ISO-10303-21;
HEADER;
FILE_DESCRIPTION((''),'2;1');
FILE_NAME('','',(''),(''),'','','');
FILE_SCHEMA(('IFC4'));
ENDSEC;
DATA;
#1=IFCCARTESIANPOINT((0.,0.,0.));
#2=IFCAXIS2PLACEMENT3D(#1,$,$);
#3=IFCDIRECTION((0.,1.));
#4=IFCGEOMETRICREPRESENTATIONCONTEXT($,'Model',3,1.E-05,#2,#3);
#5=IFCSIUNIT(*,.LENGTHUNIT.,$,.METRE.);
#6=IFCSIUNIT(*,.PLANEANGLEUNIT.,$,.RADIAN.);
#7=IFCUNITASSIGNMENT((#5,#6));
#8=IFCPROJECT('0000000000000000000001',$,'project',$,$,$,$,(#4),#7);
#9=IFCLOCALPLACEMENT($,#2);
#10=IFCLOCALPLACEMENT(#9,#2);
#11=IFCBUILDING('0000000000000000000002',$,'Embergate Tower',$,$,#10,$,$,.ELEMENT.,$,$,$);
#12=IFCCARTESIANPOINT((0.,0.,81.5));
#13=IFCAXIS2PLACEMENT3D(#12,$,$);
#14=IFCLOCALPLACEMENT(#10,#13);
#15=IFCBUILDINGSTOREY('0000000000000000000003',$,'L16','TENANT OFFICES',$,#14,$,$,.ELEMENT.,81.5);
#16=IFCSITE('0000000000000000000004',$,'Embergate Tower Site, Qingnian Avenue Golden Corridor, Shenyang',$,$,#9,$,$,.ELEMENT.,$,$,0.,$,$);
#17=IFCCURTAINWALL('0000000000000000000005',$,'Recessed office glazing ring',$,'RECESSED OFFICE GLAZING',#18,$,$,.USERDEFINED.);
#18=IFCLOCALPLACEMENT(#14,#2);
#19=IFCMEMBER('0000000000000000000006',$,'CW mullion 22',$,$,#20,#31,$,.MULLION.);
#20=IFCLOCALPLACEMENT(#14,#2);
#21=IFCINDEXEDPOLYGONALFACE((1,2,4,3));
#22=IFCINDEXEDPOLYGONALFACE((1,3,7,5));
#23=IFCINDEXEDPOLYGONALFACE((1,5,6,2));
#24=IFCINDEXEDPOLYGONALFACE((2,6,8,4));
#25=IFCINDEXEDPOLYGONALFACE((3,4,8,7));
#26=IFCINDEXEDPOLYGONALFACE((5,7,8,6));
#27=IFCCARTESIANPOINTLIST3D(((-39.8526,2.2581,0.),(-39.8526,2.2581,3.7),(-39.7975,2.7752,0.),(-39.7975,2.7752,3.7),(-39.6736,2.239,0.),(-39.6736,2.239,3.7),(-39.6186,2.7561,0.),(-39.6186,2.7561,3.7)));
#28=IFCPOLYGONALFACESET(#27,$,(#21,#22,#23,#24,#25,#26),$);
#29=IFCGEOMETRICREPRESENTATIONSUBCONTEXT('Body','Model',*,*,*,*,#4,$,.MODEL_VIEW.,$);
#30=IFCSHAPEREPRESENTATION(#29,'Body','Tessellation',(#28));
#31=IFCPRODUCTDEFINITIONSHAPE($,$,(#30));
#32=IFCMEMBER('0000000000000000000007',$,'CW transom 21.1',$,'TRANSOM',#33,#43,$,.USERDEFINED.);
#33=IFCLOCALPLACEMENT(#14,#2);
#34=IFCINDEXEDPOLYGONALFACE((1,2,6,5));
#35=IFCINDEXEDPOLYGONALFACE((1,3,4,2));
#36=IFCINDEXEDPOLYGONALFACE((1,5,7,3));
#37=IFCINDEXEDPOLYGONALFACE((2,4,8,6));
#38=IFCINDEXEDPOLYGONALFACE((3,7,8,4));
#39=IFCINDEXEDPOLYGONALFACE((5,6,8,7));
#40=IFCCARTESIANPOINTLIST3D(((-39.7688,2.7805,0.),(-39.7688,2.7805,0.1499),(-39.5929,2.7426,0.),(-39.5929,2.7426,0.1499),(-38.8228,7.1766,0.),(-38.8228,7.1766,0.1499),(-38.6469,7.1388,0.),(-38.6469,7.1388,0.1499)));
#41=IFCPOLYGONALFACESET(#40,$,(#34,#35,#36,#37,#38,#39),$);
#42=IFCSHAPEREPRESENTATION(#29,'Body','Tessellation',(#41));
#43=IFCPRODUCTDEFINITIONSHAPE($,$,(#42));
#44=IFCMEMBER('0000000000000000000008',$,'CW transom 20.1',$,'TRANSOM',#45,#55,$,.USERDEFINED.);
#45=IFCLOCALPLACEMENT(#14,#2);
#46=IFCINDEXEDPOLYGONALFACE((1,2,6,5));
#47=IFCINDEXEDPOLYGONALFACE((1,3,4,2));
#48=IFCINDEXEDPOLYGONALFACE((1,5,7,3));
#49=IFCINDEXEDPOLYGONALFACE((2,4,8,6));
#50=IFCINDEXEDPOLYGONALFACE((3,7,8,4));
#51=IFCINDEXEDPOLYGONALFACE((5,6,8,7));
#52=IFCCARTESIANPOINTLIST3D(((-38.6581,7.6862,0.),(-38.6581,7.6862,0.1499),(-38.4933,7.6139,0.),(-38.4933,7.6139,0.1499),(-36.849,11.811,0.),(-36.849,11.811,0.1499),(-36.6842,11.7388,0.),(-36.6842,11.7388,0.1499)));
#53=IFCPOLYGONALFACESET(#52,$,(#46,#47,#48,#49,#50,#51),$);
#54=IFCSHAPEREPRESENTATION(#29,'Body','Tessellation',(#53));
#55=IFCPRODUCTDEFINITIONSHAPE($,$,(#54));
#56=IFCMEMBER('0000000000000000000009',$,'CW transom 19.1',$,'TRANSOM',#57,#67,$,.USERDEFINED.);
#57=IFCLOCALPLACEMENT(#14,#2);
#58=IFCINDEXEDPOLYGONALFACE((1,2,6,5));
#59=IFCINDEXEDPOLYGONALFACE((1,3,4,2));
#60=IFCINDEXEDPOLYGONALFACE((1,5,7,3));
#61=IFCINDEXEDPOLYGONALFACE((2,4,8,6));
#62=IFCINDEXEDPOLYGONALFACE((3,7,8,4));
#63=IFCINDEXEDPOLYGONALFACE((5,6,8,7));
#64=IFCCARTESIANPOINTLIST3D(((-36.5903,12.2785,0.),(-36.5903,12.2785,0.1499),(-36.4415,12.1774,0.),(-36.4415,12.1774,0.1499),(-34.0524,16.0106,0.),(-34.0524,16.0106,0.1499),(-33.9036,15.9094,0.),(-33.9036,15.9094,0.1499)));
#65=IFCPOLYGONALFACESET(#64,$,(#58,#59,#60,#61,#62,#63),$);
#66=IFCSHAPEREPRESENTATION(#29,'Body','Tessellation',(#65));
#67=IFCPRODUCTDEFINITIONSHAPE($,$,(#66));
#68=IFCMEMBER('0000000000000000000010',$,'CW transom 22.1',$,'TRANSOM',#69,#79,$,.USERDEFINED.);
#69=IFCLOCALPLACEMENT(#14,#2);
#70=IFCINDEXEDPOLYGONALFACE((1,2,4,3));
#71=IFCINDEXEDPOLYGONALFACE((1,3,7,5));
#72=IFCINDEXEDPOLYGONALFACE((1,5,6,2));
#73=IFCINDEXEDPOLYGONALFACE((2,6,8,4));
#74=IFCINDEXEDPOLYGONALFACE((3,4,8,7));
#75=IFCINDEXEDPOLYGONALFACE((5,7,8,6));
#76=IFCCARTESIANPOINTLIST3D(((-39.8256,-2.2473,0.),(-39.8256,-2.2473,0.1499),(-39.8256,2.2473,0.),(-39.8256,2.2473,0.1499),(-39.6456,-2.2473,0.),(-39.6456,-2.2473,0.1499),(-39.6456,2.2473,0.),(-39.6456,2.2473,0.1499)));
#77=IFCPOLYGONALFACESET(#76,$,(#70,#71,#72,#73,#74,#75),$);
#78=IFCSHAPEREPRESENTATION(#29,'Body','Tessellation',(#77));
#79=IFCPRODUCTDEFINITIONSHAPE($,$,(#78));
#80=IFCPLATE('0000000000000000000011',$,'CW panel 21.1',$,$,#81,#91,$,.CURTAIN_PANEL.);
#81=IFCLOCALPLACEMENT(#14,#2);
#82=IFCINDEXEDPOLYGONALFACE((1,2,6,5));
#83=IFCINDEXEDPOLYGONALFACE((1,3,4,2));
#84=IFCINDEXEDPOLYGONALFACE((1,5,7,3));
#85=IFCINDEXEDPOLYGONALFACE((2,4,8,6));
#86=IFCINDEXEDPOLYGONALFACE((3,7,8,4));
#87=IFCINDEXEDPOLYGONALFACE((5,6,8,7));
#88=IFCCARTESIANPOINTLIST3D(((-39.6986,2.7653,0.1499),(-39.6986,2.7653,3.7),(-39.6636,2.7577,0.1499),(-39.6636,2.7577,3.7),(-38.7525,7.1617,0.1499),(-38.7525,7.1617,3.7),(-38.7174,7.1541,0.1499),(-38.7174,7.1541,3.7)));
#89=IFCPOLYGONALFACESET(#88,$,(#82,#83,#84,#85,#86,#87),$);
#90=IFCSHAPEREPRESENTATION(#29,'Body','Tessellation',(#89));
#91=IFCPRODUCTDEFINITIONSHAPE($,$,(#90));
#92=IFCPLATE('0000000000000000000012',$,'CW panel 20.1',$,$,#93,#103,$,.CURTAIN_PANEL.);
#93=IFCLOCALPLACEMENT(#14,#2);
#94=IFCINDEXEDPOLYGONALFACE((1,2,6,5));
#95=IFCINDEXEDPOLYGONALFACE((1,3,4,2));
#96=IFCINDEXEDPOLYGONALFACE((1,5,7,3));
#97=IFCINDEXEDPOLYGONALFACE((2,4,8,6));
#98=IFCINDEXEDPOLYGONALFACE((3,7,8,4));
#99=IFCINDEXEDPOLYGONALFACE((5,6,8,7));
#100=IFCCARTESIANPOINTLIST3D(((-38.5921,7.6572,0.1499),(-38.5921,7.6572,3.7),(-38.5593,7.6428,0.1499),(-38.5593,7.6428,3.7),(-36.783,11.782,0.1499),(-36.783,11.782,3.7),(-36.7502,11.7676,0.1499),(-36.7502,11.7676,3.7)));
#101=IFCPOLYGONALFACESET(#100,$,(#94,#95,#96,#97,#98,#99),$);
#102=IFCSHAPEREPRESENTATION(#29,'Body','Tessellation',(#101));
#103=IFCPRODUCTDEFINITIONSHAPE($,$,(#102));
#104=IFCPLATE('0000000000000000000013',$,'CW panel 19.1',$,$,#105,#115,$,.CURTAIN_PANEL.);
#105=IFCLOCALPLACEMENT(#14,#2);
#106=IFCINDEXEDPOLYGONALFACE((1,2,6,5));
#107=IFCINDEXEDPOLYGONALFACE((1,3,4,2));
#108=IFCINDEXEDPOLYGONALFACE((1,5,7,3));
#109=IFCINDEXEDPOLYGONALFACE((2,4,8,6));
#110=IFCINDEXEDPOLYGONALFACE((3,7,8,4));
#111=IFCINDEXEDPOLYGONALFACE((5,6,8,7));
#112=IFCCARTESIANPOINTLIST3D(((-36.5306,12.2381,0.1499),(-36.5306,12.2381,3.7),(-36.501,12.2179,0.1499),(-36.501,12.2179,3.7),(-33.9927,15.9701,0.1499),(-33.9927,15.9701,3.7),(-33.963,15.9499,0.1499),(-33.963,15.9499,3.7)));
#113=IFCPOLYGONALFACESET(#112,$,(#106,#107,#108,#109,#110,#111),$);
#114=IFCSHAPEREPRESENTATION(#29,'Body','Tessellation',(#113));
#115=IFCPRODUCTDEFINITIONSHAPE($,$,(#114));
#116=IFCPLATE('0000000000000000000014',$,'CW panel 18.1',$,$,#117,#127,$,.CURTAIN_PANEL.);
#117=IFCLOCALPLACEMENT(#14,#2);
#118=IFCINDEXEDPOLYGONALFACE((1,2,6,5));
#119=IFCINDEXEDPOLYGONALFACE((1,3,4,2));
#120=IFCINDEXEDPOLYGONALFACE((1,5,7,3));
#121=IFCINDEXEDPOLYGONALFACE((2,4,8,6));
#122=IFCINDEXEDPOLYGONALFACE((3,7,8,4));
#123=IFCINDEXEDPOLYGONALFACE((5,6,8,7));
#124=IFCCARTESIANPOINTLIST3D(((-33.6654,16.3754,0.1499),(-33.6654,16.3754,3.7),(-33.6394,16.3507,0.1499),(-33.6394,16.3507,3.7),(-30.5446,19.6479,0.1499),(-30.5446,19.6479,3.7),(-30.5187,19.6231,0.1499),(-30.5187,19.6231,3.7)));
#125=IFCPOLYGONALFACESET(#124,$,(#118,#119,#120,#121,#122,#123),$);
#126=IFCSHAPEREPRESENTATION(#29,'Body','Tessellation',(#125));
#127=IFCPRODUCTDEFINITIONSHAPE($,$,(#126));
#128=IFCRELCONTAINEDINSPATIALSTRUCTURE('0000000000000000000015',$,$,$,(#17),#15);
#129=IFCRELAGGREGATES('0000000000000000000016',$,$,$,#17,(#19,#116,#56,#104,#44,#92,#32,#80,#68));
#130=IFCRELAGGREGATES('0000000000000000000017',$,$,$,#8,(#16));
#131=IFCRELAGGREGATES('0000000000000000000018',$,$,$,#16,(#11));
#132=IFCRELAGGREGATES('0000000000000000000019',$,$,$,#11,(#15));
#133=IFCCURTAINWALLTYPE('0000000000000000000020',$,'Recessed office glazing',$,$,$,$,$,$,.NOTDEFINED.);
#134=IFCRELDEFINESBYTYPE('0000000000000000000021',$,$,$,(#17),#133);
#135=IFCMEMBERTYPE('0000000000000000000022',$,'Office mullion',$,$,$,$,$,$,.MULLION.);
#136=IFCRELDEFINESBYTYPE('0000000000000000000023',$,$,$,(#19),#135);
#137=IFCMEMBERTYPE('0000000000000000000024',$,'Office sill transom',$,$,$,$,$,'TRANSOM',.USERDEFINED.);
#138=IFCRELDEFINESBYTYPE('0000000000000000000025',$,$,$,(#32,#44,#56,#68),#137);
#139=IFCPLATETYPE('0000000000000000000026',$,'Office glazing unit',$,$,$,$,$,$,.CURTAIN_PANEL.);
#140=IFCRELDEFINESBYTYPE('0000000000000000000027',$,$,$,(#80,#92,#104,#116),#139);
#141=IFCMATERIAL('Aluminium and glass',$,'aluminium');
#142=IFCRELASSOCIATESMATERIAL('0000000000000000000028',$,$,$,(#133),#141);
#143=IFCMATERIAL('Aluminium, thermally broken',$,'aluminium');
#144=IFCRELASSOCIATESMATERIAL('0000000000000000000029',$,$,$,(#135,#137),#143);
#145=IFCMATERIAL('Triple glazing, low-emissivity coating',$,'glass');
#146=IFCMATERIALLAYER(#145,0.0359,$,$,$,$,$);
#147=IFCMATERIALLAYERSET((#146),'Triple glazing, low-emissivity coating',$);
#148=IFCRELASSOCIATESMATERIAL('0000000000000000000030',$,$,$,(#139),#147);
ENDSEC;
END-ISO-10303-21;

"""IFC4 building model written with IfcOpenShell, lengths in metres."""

from ifc_helpers import new_model, si_unit, direction, frame, origin, origin_2d, place, context, subcontext, project, spatial, rectangle, extrude, source, transform, mapped, material, layer, layer_set, material_profile, profile_set, type_object, element, aggregate, save


model = new_model("IFC4")

# Units and contexts
model_context = context("Model", 3, precision=1e-05, world=origin(), true_north=direction((0.0, 1.0)))
body_context = subcontext(model_context, "Body", "Model", "MODEL_VIEW")
ifc_project = project(units=[si_unit("LENGTHUNIT", "METRE"), si_unit("PLANEANGLEUNIT", "RADIAN")], contexts=[model_context])

# Site, building, storey
site_placement = place(None, origin())
site = spatial("IfcSite", under=ifc_project, at=site_placement, Name="Embergate Tower Site, Qingnian Avenue Golden Corridor, Shenyang", CompositionType="ELEMENT", RefElevation=0.0)
building_placement = place(site_placement, origin())
building = spatial("IfcBuilding", under=site, at=building_placement, Name="Embergate Tower", CompositionType="ELEMENT")
storey_placement = place(building_placement, frame((0.0, 0.0, 81.5)))
storey = spatial("IfcBuildingStorey", under=building, at=storey_placement, Name="L16", Description="TENANT OFFICES", CompositionType="ELEMENT", Elevation=81.5)

# Curtain wall, members, plates
ifc_material_1 = material(Name="Aluminium and glass", Category="aluminium")
curtain_wall_type = type_object("IfcCurtainWallType", Name="Recessed office glazing", PredefinedType="NOTDEFINED", material=ifc_material_1)
curtain_wall_placement = place(storey_placement, origin())
curtain_wall = element("IfcCurtainWall", 1, at=curtain_wall_placement, inside=storey, type_object=curtain_wall_type, Name="Recessed office glazing ring", ObjectType="RECESSED OFFICE GLAZING", PredefinedType="USERDEFINED")
ifc_material_2 = material(Name="Aluminium, thermally broken", Category="aluminium")
ifc_material_profile_1 = material_profile(ifc_material_2, rectangle(XDim=0.1799, YDim=0.52, at=origin_2d()), Name="AL 520x180")
ifc_profile_set_1 = profile_set([ifc_material_profile_1], Name="Aluminium, thermally broken")
member_type_1 = type_object("IfcMemberType", Name="Office mullion", PredefinedType="MULLION", material=ifc_profile_set_1)
shared_shape_1 = source(origin(), body_context, "Body", "SweptSolid", [
    extrude(rectangle(XDim=0.1799, YDim=0.52, at=origin_2d()), origin(), (0.0, 0.0, 1.0), 3.7),
])
member_1_placement = place(storey_placement, frame((-39.7356, 2.5071, 0.0), z_axis=(0.0, 0.0, 1.0), x_axis=(0.994385, -0.105822, 0.0)))
member_1 = element("IfcMember", 2, at=member_1_placement, type_object=member_type_1, Name="CW mullion 22", PredefinedType="MULLION", context=body_context, shape_type="MappedRepresentation", body=[
    mapped(shared_shape_1, transform((0.0, 0.0, 0.0))),
])
ifc_material_profile_2 = material_profile(ifc_material_2, rectangle(XDim=0.1799, YDim=0.1499, at=origin_2d()), Name="AL 150x180")
ifc_profile_set_2 = profile_set([ifc_material_profile_2], Name="Aluminium, thermally broken")
member_type_2 = type_object("IfcMemberType", Name="Office sill transom", ElementType="TRANSOM", PredefinedType="USERDEFINED", material=ifc_profile_set_2)
shared_shape_2 = source(origin(), body_context, "Body", "SweptSolid", [
    extrude(rectangle(XDim=0.1799, YDim=0.1499, at=origin_2d()), origin(), (0.0, 0.0, 1.0), 4.4968),
])
member_2_placement = place(storey_placement, frame((-38.7349, 7.1577, 0.075), z_axis=(-0.210378, -0.97762, 0.0), x_axis=(0.97762, -0.210378, 0.0)))
member_2 = element("IfcMember", 3, at=member_2_placement, type_object=member_type_2, Name="CW transom 21.1", ObjectType="TRANSOM", PredefinedType="USERDEFINED", context=body_context, shape_type="MappedRepresentation", body=[
    mapped(shared_shape_2, transform((0.0, 0.0, 0.0))),
])
shared_shape_3 = source(origin(), body_context, "Body", "SweptSolid", [
    extrude(rectangle(XDim=0.1799, YDim=0.1499, at=origin_2d()), origin(), (0.0, 0.0, 1.0), 4.5042),
])
member_3_placement = place(storey_placement, frame((-36.7666, 11.7749, 0.075), z_axis=(-0.401658, -0.91579, 0.0), x_axis=(0.91579, -0.401658, 0.0)))
member_3 = element("IfcMember", 4, at=member_3_placement, type_object=member_type_2, Name="CW transom 20.1", ObjectType="TRANSOM", PredefinedType="USERDEFINED", context=body_context, shape_type="MappedRepresentation", body=[
    mapped(shared_shape_3, transform((0.0, 0.0, 0.0))),
])
shared_shape_4 = source(origin(), body_context, "Body", "SweptSolid", [
    extrude(rectangle(XDim=0.1799, YDim=0.1499, at=origin_2d()), origin(), (0.0, 0.0, 1.0), 4.5132),
])
member_4_placement = place(storey_placement, frame((-33.978, 15.96, 0.075), z_axis=(-0.562329, -0.826913, 0.0), x_axis=(0.826913, -0.562329, 0.0)))
member_4 = element("IfcMember", 5, at=member_4_placement, type_object=member_type_2, Name="CW transom 19.1", ObjectType="TRANSOM", PredefinedType="USERDEFINED", context=body_context, shape_type="MappedRepresentation", body=[
    mapped(shared_shape_4, transform((0.0, 0.0, 0.0))),
])
shared_shape_5 = source(origin(), body_context, "Body", "SweptSolid", [
    extrude(rectangle(XDim=0.1799, YDim=0.1499, at=origin_2d()), origin(), (0.0, 0.0, 1.0), 4.4946),
])
member_5_placement = place(storey_placement, frame((-39.7356, 2.2473, 0.075), z_axis=(0.0, -1.0, 0.0), x_axis=(1.0, 0.0, 0.0)))
member_5 = element("IfcMember", 6, at=member_5_placement, type_object=member_type_2, Name="CW transom 22.1", ObjectType="TRANSOM", PredefinedType="USERDEFINED", context=body_context, shape_type="MappedRepresentation", body=[
    mapped(shared_shape_5, transform((0.0, 0.0, 0.0))),
])
ifc_material_3 = material(Name="Triple glazing, low-emissivity coating", Category="glass")
ifc_layer = layer(ifc_material_3, 0.0359)
ifc_layer_set = layer_set([ifc_layer], Name="Triple glazing, low-emissivity coating")
plate_type = type_object("IfcPlateType", Name="Office glazing unit", PredefinedType="CURTAIN_PANEL", material=ifc_layer_set)
shared_shape_6 = source(origin(), body_context, "Body", "SweptSolid", [
    extrude(rectangle(XDim=4.4971, YDim=0.0359, at=origin_2d()), origin(), (0.0, 0.0, 1.0), 3.55),
])
plate_1_placement = place(storey_placement, frame((-39.208, 4.9597, 0.1499), z_axis=(0.0, 0.0, 1.0), x_axis=(-0.210398, -0.977616, 0.0)))
plate_1 = element("IfcPlate", 7, at=plate_1_placement, type_object=plate_type, Name="CW panel 21.1", PredefinedType="CURTAIN_PANEL", context=body_context, shape_type="MappedRepresentation", body=[
    mapped(shared_shape_6, transform((0.0, 0.0, 0.0))),
])
shared_shape_7 = source(origin(), body_context, "Body", "SweptSolid", [
    extrude(rectangle(XDim=4.5042, YDim=0.0359, at=origin_2d()), origin(), (0.0, 0.0, 1.0), 3.55),
])
plate_2_placement = place(storey_placement, frame((-37.6711, 9.7124, 0.1499), z_axis=(0.0, 0.0, 1.0), x_axis=(-0.401652, -0.915792, 0.0)))
plate_2 = element("IfcPlate", 8, at=plate_2_placement, type_object=plate_type, Name="CW panel 20.1", PredefinedType="CURTAIN_PANEL", context=body_context, shape_type="MappedRepresentation", body=[
    mapped(shared_shape_7, transform((0.0, 0.0, 0.0))),
])
shared_shape_8 = source(origin(), body_context, "Body", "SweptSolid", [
    extrude(rectangle(XDim=4.5132, YDim=0.0359, at=origin_2d()), origin(), (0.0, 0.0, 1.0), 3.55),
])
plate_3_placement = place(storey_placement, frame((-35.2468, 14.094, 0.1499), z_axis=(0.0, 0.0, 1.0), x_axis=(-0.562343, -0.826904, 0.0)))
plate_3 = element("IfcPlate", 9, at=plate_3_placement, type_object=plate_type, Name="CW panel 19.1", PredefinedType="CURTAIN_PANEL", context=body_context, shape_type="MappedRepresentation", body=[
    mapped(shared_shape_8, transform((0.0, 0.0, 0.0))),
])
shared_shape_9 = source(origin(), body_context, "Body", "SweptSolid", [
    extrude(rectangle(XDim=4.522, YDim=0.0359, at=origin_2d()), origin(), (0.0, 0.0, 1.0), 3.55),
])
plate_4_placement = place(storey_placement, frame((-32.092, 17.9993, 0.1499), z_axis=(0.0, 0.0, 1.0), x_axis=(-0.690135, -0.723681, 0.0)))
plate_4 = element("IfcPlate", 10, at=plate_4_placement, type_object=plate_type, Name="CW panel 18.1", PredefinedType="CURTAIN_PANEL", context=body_context, shape_type="MappedRepresentation", body=[
    mapped(shared_shape_9, transform((0.0, 0.0, 0.0))),
])
aggregate(curtain_wall, [member_1, plate_4, member_4, plate_3, member_3, plate_2, member_2, plate_1, member_5])

save(model, "model.ifc")
